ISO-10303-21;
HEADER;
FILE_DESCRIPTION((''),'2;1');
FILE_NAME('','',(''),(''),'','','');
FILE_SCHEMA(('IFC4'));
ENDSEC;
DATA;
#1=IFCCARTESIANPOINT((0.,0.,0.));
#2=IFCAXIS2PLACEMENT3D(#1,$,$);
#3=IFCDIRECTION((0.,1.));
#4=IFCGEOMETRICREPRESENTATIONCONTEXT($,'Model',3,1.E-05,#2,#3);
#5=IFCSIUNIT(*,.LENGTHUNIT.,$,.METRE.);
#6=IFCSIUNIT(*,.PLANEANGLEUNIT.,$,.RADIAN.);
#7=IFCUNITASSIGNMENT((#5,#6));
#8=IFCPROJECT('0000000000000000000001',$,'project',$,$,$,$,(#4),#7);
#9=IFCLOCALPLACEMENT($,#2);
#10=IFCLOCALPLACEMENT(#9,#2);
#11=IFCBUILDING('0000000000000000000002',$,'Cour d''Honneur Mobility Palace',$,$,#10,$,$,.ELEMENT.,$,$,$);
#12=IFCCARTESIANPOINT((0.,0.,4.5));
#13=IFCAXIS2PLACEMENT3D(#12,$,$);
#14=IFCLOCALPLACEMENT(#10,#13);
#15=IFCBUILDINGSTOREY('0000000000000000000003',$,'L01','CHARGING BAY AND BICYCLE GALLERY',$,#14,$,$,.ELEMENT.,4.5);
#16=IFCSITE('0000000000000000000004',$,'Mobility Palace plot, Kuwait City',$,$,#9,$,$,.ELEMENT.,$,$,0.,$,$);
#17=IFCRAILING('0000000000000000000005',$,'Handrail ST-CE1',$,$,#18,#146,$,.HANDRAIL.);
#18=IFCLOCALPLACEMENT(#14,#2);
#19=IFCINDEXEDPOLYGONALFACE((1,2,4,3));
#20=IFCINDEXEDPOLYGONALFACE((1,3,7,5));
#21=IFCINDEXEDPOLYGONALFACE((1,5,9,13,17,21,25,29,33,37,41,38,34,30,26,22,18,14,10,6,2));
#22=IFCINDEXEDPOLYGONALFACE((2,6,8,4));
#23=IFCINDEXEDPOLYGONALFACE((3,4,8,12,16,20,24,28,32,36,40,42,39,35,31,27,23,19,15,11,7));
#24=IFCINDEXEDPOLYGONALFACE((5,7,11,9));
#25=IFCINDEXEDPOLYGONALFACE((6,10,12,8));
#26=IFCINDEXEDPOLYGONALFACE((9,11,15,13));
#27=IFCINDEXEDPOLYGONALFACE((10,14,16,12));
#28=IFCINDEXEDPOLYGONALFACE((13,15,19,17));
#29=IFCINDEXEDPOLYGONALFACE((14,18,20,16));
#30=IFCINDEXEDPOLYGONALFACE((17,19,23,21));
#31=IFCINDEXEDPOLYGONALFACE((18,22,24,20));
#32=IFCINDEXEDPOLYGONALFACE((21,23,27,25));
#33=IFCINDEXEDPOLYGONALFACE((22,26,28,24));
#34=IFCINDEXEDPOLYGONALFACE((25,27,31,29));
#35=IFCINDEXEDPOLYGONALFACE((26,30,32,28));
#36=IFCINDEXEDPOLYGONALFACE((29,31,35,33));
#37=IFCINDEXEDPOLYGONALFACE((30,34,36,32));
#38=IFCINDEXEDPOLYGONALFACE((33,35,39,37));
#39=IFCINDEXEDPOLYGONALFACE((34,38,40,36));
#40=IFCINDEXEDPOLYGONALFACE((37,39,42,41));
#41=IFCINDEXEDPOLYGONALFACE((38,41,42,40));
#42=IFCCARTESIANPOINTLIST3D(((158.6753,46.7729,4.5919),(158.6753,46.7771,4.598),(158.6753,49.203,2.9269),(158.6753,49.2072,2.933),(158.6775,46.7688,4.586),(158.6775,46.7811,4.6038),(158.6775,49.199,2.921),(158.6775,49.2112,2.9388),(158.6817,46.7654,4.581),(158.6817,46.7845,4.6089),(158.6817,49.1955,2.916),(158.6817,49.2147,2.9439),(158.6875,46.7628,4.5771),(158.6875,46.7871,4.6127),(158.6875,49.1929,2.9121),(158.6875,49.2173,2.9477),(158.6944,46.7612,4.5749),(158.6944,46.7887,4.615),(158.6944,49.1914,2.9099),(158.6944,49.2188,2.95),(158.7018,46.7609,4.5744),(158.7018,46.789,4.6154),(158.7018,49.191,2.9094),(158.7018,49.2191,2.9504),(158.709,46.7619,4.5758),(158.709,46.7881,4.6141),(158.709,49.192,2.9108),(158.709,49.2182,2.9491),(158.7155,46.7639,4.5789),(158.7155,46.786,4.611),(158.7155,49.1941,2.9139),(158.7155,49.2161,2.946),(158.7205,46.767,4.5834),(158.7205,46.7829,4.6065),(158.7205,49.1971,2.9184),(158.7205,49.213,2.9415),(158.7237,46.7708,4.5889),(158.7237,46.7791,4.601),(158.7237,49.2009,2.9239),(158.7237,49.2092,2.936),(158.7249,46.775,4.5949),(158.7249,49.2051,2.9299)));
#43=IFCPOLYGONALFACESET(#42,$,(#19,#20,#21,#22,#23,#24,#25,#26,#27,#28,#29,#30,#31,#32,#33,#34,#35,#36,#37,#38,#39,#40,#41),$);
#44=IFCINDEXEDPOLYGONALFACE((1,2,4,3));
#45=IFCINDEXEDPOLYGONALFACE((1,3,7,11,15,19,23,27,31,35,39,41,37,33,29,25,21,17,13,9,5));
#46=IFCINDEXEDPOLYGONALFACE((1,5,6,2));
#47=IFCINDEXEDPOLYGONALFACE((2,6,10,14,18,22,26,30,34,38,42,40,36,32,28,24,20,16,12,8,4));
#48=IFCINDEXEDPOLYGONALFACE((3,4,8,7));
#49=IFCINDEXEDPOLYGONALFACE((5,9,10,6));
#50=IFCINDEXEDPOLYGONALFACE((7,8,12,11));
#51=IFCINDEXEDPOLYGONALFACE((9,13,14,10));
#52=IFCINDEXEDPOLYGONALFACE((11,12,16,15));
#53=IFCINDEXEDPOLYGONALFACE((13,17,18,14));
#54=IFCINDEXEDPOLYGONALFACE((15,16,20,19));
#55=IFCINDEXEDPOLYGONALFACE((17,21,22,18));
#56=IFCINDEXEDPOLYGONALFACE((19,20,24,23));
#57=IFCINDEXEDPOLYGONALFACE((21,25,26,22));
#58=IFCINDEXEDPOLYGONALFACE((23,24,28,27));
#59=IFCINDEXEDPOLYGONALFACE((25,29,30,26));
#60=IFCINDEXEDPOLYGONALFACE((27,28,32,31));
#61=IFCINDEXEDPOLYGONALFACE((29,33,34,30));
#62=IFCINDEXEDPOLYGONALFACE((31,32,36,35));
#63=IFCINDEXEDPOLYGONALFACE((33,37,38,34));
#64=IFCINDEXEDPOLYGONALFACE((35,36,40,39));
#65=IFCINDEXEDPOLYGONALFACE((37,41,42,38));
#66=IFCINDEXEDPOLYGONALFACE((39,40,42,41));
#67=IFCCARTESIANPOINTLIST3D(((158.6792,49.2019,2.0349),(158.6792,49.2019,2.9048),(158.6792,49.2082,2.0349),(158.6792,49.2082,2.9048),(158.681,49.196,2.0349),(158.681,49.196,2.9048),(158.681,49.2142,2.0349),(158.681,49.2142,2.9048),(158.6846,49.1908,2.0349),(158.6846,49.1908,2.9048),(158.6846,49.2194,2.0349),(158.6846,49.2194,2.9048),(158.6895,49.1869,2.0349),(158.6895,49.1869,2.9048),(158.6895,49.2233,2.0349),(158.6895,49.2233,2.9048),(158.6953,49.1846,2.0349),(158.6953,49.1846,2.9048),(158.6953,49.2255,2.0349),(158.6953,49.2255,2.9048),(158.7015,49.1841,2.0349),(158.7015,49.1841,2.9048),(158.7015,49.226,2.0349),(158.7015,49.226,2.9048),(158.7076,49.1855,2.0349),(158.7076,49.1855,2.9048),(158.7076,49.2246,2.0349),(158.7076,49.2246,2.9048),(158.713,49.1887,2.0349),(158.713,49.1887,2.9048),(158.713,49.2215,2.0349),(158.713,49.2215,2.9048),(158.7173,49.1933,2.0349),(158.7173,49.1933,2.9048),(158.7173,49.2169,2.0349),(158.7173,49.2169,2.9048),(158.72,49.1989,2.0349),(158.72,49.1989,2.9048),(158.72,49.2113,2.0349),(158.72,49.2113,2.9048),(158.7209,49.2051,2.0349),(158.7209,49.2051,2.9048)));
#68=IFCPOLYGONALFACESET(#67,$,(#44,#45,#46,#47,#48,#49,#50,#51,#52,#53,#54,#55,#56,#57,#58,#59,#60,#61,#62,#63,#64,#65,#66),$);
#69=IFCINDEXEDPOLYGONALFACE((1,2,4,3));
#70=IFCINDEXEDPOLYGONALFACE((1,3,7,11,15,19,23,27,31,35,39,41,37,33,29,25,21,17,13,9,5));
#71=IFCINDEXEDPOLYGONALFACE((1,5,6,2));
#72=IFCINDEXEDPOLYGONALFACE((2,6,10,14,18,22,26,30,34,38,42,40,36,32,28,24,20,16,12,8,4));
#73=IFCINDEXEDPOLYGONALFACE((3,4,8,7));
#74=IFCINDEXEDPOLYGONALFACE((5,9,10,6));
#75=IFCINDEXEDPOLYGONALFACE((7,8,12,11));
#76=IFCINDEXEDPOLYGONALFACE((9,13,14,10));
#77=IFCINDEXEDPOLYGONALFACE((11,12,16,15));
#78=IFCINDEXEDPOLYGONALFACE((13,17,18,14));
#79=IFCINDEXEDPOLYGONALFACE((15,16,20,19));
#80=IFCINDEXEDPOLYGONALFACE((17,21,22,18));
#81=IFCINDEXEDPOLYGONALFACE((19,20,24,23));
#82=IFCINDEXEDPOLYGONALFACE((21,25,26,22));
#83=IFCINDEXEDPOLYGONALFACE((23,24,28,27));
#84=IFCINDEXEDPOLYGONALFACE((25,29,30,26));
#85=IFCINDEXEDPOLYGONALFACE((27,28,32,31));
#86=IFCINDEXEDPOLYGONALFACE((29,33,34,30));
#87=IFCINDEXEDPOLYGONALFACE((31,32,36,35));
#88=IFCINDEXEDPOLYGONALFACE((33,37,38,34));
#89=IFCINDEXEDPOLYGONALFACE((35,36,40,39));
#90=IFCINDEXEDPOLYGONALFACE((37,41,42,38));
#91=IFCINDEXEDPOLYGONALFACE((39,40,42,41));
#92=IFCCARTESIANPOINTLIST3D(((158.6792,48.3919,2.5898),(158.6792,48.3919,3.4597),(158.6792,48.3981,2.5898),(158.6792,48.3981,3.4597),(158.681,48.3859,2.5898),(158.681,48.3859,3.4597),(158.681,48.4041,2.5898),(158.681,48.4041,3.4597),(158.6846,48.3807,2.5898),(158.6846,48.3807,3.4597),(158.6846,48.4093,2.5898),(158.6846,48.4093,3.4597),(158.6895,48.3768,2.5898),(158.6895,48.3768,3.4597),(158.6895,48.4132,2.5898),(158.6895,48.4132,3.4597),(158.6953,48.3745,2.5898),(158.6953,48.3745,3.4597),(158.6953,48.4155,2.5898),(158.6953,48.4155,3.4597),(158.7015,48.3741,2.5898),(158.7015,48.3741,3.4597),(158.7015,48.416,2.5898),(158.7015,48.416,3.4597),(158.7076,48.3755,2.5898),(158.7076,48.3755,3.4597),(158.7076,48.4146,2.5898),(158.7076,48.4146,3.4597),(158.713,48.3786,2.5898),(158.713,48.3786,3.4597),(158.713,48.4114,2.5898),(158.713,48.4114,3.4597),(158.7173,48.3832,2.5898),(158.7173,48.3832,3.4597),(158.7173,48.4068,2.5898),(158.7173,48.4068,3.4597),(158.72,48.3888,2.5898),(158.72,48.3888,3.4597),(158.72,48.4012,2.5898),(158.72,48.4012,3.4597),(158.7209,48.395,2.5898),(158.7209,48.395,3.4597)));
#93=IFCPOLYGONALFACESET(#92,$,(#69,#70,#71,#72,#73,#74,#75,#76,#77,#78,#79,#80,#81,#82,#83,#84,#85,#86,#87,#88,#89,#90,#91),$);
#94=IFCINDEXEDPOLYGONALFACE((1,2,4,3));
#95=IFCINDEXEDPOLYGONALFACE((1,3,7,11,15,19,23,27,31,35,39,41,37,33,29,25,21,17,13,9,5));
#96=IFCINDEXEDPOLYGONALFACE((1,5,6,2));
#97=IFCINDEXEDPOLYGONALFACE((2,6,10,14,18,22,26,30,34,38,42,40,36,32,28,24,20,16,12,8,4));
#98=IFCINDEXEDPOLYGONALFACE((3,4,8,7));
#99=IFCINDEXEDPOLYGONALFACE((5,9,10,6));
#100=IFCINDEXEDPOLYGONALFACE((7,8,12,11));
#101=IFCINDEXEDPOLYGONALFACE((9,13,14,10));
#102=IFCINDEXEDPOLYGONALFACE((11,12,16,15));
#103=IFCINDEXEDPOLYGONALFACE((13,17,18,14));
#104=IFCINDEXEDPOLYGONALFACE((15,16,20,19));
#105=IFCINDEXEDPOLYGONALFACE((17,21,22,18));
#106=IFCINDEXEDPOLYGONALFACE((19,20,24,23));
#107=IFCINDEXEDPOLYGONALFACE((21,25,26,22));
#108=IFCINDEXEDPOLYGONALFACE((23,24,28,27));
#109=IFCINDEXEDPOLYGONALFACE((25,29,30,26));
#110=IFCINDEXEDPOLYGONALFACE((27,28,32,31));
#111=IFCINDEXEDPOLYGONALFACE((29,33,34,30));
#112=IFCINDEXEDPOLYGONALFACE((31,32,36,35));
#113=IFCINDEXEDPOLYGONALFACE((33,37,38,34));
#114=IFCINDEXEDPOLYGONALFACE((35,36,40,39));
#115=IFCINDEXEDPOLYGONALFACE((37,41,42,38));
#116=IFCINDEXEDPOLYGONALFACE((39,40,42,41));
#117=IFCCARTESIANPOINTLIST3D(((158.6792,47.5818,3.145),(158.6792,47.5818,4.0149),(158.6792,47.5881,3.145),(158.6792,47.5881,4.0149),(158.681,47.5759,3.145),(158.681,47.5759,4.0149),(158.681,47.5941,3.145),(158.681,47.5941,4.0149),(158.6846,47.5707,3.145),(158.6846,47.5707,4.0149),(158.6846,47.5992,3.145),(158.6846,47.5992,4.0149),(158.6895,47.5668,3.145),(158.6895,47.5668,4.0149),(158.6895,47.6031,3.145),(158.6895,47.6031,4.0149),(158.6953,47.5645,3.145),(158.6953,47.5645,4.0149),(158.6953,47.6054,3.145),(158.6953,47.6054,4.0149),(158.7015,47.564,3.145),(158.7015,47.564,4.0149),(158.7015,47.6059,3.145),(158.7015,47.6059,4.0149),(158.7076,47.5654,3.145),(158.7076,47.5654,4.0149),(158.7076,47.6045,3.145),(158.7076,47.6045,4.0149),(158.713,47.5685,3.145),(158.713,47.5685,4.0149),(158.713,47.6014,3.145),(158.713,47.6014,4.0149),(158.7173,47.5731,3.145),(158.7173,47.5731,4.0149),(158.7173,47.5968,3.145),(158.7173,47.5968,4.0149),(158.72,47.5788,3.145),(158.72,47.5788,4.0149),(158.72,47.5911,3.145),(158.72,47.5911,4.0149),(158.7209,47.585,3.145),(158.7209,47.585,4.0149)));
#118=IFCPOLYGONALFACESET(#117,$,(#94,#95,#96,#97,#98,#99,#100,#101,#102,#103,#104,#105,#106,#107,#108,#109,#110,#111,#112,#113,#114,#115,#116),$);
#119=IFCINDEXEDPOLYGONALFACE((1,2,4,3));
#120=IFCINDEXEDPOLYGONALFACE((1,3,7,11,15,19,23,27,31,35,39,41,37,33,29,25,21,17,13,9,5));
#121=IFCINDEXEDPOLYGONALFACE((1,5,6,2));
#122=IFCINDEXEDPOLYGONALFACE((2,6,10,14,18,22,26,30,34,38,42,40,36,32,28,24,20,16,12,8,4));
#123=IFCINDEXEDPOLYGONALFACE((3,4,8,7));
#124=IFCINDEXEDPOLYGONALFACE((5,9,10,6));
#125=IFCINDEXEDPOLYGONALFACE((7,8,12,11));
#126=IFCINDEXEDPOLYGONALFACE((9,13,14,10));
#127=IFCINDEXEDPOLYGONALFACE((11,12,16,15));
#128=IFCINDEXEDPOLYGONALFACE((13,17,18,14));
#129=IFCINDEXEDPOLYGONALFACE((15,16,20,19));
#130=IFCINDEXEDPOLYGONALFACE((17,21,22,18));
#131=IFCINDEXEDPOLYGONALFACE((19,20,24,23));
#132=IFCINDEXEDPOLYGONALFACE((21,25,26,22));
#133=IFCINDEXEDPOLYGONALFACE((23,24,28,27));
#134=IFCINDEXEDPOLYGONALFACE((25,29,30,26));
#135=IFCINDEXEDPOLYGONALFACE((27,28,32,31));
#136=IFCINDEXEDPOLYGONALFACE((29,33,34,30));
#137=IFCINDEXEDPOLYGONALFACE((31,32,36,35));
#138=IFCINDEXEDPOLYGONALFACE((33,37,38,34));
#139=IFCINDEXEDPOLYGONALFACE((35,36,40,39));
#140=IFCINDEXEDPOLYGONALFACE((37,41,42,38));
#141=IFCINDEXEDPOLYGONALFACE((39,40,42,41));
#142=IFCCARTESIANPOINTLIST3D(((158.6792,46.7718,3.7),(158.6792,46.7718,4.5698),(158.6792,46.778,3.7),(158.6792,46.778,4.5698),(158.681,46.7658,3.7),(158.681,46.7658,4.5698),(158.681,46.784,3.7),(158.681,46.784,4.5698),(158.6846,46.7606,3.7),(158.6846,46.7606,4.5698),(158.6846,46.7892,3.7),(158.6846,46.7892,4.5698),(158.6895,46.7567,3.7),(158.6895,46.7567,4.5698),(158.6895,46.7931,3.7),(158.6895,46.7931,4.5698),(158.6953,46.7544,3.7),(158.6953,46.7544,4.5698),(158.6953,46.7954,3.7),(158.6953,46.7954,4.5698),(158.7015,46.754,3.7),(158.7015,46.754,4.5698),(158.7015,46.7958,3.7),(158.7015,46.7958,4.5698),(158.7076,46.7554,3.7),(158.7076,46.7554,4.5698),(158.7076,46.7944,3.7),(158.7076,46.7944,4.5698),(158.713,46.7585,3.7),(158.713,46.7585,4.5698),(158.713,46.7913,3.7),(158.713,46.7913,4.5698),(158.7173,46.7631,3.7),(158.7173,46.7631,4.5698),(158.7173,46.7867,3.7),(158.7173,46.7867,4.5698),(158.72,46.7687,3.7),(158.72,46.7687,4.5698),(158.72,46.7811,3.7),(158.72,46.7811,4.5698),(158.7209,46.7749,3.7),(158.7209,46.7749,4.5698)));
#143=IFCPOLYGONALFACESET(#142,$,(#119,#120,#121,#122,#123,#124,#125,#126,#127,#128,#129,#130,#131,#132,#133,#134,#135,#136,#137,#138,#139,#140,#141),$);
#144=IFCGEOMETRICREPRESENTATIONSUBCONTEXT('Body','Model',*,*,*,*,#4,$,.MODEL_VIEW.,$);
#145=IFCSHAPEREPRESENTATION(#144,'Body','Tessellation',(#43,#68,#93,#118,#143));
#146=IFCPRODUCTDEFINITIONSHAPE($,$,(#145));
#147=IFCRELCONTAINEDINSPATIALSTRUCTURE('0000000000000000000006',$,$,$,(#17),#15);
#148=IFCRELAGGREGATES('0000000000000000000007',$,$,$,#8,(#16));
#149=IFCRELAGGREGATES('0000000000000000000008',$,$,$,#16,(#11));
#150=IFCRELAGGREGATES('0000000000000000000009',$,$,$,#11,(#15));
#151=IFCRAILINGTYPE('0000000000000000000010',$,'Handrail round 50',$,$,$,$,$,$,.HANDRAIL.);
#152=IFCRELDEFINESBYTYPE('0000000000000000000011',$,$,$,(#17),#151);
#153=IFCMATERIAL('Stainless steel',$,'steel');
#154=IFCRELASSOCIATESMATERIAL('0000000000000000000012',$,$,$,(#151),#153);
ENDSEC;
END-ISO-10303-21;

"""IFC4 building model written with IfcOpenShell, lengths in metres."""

from ifc_helpers import new_model, si_unit, direction, frame, origin, origin_2d, place, context, subcontext, project, spatial, circle, extrude, material, type_object, element, save


model = new_model("IFC4")

# Units and contexts
model_context = context("Model", 3, precision=1e-05, world=origin(), true_north=direction((0.0, 1.0)))
body_context = subcontext(model_context, "Body", "Model", "MODEL_VIEW")
ifc_project = project(units=[si_unit("LENGTHUNIT", "METRE"), si_unit("PLANEANGLEUNIT", "RADIAN")], contexts=[model_context])

# Site, building, storey
site_placement = place(None, origin())
site = spatial("IfcSite", under=ifc_project, at=site_placement, Name="Mobility Palace plot, Kuwait City", CompositionType="ELEMENT", RefElevation=0.0)
building_placement = place(site_placement, origin())
building = spatial("IfcBuilding", under=site, at=building_placement, Name="Cour d'Honneur Mobility Palace", CompositionType="ELEMENT")
storey_placement = place(building_placement, frame((0.0, 0.0, 4.5)))
storey = spatial("IfcBuildingStorey", under=building, at=storey_placement, Name="L01", Description="CHARGING BAY AND BICYCLE GALLERY", CompositionType="ELEMENT", Elevation=4.5)

# Railing
ifc_material_1 = material(Name="Stainless steel", Category="steel")
railing_type_1 = type_object("IfcRailingType", Name="Handrail round 50", PredefinedType="HANDRAIL", material=ifc_material_1)
railing_1_placement = place(storey_placement, frame((158.7, 49.2051, 2.0349)))
element("IfcRailing", 1, at=railing_1_placement, inside=storey, type_object=railing_type_1, Name="Handrail ST-CE1", PredefinedType="HANDRAIL", context=body_context, shape_type="SweptSolid", body=[
    extrude(circle(Radius=0.0249, at=origin_2d()), frame((0.0, 0.0, 0.895), z_axis=(0.0, -0.824945, 0.565213), x_axis=(1.0, 0.0, 0.0)), (0.0, 0.0, 1.0), 2.9458),
    extrude(circle(Radius=0.021, at=origin_2d()), origin(), (0.0, 0.0, 1.0), 0.8699),
    extrude(circle(Radius=0.021, at=origin_2d()), frame((0.0, -0.8101, 0.5549)), (0.0, 0.0, 1.0), 0.8699),
    extrude(circle(Radius=0.021, at=origin_2d()), frame((0.0, -1.6201, 1.1101)), (0.0, 0.0, 1.0), 0.8699),
    extrude(circle(Radius=0.021, at=origin_2d()), frame((0.0, -2.4302, 1.665)), (0.0, 0.0, 1.0), 0.8699),
])

save(model, "model.ifc")
